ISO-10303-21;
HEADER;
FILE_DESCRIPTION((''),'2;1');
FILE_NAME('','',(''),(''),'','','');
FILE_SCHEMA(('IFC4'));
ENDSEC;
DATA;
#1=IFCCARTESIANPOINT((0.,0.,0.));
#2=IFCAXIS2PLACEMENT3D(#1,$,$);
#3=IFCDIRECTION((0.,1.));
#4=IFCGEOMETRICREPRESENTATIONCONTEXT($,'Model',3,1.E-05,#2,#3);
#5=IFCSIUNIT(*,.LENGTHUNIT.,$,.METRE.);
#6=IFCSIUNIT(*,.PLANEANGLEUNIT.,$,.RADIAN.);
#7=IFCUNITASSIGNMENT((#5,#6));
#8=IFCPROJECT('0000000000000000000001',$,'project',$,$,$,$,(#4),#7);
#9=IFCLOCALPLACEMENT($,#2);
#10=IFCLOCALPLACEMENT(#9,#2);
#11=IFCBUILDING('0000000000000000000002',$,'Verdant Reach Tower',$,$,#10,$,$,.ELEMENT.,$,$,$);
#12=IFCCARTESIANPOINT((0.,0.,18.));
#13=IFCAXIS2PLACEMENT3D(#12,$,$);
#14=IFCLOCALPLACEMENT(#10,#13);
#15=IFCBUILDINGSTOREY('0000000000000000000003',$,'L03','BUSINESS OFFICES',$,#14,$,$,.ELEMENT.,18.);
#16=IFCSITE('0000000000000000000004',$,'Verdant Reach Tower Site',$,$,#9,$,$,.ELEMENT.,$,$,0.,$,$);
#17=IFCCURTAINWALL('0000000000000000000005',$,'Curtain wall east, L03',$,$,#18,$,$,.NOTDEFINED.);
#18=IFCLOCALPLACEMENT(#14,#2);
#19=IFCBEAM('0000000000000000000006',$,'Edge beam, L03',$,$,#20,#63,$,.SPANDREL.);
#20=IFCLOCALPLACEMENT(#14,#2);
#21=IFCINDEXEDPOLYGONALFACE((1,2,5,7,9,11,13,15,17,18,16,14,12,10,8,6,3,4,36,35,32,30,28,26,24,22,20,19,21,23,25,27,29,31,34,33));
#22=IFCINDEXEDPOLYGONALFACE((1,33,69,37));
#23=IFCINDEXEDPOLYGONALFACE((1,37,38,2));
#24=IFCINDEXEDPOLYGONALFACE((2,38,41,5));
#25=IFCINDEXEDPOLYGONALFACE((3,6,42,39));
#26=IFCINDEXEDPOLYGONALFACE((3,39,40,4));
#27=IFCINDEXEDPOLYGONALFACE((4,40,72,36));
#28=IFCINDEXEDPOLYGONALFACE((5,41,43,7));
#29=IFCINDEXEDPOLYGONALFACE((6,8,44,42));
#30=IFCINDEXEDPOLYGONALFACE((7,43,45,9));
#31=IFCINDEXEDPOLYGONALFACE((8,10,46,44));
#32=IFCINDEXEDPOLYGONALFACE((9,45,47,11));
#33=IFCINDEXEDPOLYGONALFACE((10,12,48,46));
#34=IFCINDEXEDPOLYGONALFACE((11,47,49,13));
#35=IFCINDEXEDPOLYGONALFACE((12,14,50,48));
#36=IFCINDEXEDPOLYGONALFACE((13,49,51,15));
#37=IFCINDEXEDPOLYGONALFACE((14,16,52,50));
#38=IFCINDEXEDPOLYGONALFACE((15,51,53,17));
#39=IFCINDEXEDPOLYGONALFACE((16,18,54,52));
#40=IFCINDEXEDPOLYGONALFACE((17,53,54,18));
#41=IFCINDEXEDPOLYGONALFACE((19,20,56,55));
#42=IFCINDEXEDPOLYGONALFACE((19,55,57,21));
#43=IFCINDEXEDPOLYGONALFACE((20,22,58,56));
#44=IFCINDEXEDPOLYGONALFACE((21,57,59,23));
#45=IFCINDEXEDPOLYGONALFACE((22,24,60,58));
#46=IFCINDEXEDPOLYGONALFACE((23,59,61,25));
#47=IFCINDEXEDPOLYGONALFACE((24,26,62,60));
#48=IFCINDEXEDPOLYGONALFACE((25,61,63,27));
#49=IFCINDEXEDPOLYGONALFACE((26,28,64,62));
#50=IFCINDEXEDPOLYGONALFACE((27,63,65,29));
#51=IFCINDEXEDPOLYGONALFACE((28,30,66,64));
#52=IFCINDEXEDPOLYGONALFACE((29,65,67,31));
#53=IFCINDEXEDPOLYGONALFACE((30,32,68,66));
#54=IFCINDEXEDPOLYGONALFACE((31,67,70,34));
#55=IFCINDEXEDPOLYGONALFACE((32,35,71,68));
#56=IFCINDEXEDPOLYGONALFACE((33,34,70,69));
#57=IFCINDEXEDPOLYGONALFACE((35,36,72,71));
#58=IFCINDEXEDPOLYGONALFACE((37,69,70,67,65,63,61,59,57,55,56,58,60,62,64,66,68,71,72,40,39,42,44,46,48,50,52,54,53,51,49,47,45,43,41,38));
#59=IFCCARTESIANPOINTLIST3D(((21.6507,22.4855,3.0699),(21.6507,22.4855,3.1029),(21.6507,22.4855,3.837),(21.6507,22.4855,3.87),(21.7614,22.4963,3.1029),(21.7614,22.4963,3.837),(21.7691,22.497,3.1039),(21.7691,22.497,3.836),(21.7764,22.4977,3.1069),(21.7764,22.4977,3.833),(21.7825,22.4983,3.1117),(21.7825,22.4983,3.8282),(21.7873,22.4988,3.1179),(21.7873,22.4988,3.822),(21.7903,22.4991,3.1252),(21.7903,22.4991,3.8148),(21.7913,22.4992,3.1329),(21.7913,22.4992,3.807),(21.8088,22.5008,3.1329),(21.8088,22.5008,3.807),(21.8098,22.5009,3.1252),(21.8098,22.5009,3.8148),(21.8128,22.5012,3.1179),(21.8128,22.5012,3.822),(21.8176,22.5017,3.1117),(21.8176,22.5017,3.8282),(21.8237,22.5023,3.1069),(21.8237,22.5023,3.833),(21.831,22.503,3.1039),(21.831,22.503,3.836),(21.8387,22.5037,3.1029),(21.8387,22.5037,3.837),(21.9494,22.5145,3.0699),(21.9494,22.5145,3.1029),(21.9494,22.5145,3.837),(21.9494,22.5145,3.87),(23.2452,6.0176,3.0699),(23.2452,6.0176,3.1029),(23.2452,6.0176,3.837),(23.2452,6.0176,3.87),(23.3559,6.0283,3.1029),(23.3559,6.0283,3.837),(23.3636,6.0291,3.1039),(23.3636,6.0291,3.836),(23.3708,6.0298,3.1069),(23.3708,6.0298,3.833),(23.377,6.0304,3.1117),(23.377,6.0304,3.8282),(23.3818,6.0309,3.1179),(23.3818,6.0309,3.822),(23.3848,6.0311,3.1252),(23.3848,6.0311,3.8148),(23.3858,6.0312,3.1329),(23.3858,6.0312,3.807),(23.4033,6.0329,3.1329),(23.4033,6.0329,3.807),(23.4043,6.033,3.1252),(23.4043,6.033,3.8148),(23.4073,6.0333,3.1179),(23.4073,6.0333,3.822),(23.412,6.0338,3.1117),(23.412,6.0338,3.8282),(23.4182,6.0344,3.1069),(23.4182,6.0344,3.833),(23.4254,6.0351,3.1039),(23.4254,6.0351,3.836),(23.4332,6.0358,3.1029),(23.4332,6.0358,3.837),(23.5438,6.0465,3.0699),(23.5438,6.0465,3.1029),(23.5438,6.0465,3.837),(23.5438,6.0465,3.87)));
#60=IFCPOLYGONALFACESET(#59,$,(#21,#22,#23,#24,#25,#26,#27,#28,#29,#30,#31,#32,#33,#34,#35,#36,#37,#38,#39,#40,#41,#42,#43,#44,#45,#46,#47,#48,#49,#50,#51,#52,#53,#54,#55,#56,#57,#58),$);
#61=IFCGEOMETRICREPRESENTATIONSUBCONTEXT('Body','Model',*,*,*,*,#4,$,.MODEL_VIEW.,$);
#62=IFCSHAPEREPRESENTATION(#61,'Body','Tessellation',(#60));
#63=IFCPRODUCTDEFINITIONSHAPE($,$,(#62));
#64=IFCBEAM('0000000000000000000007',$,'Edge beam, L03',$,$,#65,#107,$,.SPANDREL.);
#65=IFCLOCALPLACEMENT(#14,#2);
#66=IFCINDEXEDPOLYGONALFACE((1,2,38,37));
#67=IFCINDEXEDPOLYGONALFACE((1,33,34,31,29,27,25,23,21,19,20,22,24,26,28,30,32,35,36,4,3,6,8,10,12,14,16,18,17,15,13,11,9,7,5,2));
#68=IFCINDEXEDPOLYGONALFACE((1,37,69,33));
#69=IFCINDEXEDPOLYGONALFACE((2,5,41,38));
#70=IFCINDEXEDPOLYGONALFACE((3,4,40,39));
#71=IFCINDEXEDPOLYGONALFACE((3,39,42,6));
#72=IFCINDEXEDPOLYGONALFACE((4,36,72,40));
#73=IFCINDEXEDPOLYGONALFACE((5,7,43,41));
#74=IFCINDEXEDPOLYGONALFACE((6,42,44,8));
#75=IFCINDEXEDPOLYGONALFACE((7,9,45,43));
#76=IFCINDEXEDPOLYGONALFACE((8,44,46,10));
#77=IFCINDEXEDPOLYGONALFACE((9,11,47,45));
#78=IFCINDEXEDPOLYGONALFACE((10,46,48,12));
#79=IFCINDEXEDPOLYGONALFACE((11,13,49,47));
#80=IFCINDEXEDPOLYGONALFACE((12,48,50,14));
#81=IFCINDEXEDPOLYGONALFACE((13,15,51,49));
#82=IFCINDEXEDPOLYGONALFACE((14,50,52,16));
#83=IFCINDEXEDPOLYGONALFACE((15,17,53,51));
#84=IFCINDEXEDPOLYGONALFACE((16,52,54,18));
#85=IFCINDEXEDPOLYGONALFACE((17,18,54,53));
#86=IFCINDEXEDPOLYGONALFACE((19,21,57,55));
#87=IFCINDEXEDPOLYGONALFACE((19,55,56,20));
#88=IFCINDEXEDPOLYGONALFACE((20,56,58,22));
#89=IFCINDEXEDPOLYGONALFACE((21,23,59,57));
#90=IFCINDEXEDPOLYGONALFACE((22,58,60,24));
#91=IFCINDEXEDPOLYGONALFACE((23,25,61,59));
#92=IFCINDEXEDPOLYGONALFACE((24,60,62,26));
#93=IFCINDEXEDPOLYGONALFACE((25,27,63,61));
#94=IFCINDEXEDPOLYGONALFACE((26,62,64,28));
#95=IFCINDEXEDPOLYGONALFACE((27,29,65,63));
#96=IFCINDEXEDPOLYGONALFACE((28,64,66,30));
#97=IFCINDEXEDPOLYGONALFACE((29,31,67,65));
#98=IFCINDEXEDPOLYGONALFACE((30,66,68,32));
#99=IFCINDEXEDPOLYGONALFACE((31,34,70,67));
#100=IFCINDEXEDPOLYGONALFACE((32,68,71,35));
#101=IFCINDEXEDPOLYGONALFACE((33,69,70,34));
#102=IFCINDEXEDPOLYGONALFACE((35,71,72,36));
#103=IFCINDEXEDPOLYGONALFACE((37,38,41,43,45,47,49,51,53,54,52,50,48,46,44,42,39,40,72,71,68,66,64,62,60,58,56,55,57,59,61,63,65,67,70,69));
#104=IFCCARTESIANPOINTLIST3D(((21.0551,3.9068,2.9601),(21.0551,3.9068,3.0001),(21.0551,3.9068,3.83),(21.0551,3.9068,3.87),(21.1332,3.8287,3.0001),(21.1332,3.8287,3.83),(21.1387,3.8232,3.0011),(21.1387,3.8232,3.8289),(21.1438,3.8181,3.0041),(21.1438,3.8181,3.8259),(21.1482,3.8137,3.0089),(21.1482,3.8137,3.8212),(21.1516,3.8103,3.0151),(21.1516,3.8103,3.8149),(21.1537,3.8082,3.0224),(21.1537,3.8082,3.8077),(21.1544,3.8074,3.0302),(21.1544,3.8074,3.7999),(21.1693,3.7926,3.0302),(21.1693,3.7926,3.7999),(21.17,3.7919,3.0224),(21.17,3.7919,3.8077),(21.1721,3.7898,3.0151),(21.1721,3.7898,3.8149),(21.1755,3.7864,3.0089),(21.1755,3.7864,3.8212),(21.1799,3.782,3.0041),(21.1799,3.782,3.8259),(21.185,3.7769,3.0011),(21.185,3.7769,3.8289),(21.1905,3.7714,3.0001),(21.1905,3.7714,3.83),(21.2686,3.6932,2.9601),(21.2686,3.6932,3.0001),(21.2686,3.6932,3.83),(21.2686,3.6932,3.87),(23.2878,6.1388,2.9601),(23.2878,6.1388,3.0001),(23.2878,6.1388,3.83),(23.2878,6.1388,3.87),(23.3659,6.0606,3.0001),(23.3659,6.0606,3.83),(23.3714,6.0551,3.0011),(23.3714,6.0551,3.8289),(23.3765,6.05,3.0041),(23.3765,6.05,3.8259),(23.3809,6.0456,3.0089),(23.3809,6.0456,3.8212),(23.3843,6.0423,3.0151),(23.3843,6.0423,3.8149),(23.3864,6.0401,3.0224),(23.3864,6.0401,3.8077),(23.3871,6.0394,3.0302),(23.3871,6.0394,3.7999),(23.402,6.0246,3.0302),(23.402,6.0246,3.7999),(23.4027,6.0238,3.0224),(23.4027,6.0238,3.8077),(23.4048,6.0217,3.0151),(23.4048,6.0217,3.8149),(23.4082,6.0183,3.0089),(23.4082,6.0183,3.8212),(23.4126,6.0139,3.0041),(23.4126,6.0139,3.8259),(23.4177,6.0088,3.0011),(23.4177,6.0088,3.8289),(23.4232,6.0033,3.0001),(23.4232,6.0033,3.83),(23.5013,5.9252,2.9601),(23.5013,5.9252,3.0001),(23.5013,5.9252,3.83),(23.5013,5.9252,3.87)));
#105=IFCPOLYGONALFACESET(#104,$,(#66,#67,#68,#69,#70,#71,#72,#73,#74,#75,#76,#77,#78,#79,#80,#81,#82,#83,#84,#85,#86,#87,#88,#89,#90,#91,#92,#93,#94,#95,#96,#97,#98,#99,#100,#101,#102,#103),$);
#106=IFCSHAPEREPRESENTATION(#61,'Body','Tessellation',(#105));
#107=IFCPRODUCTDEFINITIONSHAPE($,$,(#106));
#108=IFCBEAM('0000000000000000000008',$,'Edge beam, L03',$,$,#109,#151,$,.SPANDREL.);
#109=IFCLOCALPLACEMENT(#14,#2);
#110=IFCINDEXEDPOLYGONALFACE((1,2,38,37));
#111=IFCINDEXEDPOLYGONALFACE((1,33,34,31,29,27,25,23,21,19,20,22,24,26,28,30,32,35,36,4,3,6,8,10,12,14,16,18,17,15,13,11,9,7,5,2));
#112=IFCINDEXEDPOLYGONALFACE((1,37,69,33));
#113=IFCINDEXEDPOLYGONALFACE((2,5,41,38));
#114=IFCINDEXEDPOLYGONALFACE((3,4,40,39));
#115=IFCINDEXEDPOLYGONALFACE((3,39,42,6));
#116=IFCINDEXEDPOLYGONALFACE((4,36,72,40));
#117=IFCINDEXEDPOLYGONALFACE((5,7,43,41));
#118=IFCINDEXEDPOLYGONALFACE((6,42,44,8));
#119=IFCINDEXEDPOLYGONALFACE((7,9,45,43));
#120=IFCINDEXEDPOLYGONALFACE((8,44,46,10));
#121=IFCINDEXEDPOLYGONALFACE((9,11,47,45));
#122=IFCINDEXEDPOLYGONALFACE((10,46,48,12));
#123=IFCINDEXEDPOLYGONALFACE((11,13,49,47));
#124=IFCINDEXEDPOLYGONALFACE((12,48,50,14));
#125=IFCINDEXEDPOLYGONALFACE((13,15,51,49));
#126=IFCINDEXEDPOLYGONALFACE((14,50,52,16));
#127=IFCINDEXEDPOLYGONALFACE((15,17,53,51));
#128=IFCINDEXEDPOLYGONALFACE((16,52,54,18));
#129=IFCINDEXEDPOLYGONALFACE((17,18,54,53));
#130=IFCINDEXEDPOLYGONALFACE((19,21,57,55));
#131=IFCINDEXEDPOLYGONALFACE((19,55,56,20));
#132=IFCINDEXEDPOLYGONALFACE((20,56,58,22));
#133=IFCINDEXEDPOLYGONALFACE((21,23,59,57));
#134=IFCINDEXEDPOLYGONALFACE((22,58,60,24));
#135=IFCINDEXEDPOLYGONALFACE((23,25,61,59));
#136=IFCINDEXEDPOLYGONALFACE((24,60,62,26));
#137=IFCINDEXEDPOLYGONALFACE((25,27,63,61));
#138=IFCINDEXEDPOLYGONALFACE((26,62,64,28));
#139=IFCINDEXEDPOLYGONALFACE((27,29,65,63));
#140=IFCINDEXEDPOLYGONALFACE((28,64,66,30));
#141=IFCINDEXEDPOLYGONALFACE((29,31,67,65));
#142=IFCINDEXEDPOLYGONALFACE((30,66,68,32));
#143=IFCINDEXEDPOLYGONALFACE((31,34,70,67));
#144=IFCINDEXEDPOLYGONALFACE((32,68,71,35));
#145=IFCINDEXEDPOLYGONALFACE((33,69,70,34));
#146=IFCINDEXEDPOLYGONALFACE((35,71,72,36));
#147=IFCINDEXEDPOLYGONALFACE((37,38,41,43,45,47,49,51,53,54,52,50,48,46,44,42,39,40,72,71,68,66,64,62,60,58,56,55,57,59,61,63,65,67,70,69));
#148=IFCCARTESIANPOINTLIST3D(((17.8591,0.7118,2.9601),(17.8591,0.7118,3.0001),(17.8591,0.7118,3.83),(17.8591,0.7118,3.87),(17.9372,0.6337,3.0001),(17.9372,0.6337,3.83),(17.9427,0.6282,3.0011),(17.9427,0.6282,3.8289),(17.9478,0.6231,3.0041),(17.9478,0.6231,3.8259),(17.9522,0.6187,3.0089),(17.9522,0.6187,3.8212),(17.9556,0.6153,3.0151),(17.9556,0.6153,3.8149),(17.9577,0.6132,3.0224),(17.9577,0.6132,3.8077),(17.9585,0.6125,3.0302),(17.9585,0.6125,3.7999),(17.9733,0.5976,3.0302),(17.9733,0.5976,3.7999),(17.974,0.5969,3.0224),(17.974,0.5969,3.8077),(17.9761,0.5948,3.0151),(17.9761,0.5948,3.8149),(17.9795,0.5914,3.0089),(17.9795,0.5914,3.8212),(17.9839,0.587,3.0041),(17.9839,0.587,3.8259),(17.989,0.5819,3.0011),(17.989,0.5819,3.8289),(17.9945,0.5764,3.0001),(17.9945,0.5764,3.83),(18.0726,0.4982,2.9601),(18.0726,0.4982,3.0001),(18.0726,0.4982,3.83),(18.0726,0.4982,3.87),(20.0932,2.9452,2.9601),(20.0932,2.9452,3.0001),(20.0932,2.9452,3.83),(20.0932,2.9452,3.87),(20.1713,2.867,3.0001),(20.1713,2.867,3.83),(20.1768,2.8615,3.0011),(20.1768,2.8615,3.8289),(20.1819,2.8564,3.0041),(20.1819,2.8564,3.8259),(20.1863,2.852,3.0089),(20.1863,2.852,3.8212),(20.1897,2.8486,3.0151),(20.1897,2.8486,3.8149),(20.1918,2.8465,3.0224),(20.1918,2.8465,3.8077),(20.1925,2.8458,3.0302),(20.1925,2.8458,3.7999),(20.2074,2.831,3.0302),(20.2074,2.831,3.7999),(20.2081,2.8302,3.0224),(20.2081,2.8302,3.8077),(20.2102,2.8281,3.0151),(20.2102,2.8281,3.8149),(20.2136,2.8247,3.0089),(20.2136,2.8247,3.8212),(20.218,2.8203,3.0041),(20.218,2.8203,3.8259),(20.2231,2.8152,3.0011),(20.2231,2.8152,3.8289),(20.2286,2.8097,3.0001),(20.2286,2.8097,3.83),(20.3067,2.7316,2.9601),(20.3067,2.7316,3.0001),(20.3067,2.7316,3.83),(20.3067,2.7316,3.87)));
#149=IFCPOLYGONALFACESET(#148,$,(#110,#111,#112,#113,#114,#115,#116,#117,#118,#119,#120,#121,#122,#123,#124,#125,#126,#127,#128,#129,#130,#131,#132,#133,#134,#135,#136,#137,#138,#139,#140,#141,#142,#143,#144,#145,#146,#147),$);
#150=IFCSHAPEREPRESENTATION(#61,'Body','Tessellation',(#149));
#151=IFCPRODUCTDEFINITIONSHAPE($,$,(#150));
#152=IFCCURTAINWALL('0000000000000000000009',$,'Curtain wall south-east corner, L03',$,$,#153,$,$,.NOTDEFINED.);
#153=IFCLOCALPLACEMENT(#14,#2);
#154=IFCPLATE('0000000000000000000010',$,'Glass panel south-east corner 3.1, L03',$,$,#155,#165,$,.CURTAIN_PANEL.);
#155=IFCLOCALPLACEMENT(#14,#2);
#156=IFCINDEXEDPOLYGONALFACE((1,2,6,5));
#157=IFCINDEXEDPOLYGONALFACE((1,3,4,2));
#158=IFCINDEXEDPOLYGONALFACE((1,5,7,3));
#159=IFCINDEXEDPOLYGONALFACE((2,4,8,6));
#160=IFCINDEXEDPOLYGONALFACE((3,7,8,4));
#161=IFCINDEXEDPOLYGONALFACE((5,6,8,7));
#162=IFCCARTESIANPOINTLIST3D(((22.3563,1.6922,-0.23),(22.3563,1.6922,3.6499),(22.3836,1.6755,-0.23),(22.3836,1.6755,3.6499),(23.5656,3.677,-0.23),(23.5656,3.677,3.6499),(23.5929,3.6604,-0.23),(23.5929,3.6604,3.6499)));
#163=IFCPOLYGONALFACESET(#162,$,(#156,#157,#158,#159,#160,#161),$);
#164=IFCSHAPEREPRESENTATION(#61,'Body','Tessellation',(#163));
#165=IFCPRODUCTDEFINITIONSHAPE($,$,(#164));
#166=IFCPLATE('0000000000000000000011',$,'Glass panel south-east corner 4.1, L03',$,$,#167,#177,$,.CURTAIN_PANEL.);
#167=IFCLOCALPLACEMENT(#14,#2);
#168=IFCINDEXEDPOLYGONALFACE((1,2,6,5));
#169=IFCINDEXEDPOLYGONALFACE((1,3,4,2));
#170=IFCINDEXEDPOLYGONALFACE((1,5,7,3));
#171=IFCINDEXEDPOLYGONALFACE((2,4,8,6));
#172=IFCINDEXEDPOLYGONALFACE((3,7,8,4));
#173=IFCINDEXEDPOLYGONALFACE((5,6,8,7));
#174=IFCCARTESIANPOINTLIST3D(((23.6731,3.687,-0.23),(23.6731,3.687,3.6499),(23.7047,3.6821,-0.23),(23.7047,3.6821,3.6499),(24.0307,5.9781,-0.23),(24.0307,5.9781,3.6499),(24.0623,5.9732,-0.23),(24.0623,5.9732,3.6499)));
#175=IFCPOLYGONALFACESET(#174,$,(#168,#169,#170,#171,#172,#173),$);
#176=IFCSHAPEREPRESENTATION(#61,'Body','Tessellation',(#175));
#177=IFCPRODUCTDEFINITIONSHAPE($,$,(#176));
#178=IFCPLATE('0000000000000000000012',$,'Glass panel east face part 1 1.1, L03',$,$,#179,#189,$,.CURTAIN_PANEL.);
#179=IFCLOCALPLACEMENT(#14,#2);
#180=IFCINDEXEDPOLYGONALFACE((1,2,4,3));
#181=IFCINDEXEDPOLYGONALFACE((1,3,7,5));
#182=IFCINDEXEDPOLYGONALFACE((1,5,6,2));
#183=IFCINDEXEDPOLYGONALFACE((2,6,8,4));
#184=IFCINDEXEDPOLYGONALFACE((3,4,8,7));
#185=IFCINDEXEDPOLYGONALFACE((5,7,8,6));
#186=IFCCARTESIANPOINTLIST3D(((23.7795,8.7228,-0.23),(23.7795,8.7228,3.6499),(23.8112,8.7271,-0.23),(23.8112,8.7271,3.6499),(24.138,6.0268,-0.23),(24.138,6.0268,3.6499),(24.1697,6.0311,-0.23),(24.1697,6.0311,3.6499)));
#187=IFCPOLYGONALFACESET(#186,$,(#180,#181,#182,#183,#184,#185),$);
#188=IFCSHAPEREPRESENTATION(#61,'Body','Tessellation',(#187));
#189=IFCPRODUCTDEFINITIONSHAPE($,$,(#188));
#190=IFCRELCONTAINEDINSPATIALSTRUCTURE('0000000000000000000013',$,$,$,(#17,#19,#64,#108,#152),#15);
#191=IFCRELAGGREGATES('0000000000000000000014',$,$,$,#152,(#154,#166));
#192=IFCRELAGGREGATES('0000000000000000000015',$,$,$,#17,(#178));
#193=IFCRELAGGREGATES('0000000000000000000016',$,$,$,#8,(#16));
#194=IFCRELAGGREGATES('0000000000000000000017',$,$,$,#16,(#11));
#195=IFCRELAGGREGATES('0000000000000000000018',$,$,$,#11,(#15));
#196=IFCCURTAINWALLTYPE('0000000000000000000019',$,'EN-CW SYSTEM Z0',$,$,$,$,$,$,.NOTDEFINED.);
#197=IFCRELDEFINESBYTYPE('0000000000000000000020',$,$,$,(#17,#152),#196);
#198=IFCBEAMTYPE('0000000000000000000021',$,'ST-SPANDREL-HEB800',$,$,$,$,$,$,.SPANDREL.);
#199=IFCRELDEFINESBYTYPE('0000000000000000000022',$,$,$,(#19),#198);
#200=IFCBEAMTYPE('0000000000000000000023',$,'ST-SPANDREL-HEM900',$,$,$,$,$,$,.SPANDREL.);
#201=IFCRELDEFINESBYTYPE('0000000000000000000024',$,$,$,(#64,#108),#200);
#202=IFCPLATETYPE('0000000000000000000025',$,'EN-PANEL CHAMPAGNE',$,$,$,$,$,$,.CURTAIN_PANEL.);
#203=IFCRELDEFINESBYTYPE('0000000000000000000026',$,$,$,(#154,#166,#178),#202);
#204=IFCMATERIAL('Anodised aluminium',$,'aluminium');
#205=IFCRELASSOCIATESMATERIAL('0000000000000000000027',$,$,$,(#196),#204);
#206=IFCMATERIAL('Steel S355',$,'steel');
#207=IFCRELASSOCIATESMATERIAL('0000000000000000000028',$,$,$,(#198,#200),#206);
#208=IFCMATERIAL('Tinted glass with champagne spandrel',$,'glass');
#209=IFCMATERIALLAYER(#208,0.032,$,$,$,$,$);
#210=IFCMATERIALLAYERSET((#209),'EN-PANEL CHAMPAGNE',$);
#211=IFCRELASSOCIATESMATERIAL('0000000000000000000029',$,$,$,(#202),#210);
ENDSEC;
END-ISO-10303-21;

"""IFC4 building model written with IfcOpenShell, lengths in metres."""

from ifc_helpers import new_model, si_unit, direction, frame, origin, origin_2d, place, context, subcontext, project, spatial, rectangle, i_section, extrude, material, layer, layer_set, material_profile, profile_set, type_object, element, aggregate, save


model = new_model("IFC4")

# Units and contexts
model_context = context("Model", 3, precision=1e-05, world=origin(), true_north=direction((0.0, 1.0)))
body_context = subcontext(model_context, "Body", "Model", "MODEL_VIEW")
ifc_project = project(units=[si_unit("LENGTHUNIT", "METRE"), si_unit("PLANEANGLEUNIT", "RADIAN")], contexts=[model_context])

# Site, building, storey
site_placement = place(None, origin())
site = spatial("IfcSite", under=ifc_project, at=site_placement, Name="Verdant Reach Tower Site", CompositionType="ELEMENT", RefElevation=0.0)
building_placement = place(site_placement, origin())
building = spatial("IfcBuilding", under=site, at=building_placement, Name="Verdant Reach Tower", CompositionType="ELEMENT")
storey_placement = place(building_placement, frame((0.0, 0.0, 18.0)))
storey = spatial("IfcBuildingStorey", under=building, at=storey_placement, Name="L03", Description="BUSINESS OFFICES", CompositionType="ELEMENT", Elevation=18.0)

# Curtain wall
ifc_material_1 = material(Name="Anodised aluminium", Category="aluminium")
curtain_wall_type = type_object("IfcCurtainWallType", Name="EN-CW SYSTEM Z0", PredefinedType="NOTDEFINED", material=ifc_material_1)
curtain_wall_1_placement = place(storey_placement, origin())
curtain_wall_1 = element("IfcCurtainWall", 1, at=curtain_wall_1_placement, inside=storey, type_object=curtain_wall_type, Name="Curtain wall east, L03", PredefinedType="NOTDEFINED")

# Beams
ifc_material_2 = material(Name="Steel S355", Category="steel")
ifc_material_profile_1 = material_profile(ifc_material_2, i_section(OverallWidth=0.3, OverallDepth=0.8, WebThickness=0.0176, FlangeThickness=0.033, FilletRadius=0.03, at=origin_2d()), Name="HEB 800")
ifc_profile_set_1 = profile_set([ifc_material_profile_1], Name="Steel S355")
beam_type_1 = type_object("IfcBeamType", Name="ST-SPANDREL-HEB800", PredefinedType="SPANDREL", material=ifc_profile_set_1)
beam_1_placement = place(storey_placement, frame((21.8, 22.5, 3.47), z_axis=(0.096372, -0.995345, 0.0), x_axis=(0.995345, 0.096372, 0.0)))
element("IfcBeam", 2, at=beam_1_placement, inside=storey, type_object=beam_type_1, Name="Edge beam, L03", PredefinedType="SPANDREL", context=body_context, shape_type="SweptSolid", body=[
    extrude(i_section(OverallWidth=0.3, OverallDepth=0.8, WebThickness=0.0176, FlangeThickness=0.033, FilletRadius=0.03, at=origin_2d()), origin(), (0.0, 0.0, 1.0), 16.5449),
])
ifc_material_profile_2 = material_profile(ifc_material_2, i_section(OverallWidth=0.302, OverallDepth=0.9099, WebThickness=0.021, FlangeThickness=0.04, FilletRadius=0.03, at=origin_2d()), Name="HEM 900")
ifc_profile_set_2 = profile_set([ifc_material_profile_2], Name="Steel S355")
beam_type_2 = type_object("IfcBeamType", Name="ST-SPANDREL-HEM900", PredefinedType="SPANDREL", material=ifc_profile_set_2)
beam_2_placement = place(storey_placement, frame((23.3945, 6.032, 3.415), z_axis=(-0.707223, -0.706991, 0.0), x_axis=(0.706991, -0.707223, 0.0)))
element("IfcBeam", 3, at=beam_2_placement, inside=storey, type_object=beam_type_2, Name="Edge beam, L03", PredefinedType="SPANDREL", context=body_context, shape_type="SweptSolid", body=[
    extrude(i_section(OverallWidth=0.302, OverallDepth=0.9099, WebThickness=0.021, FlangeThickness=0.04, FilletRadius=0.03, at=origin_2d()), origin(), (0.0, 0.0, 1.0), 3.157),
])
beam_3_placement = place(storey_placement, frame((20.2, 2.8384, 3.415), z_axis=(-0.707223, -0.706991, 0.0), x_axis=(0.706991, -0.707223, 0.0)))
element("IfcBeam", 4, at=beam_3_placement, inside=storey, type_object=beam_type_2, Name="Edge beam, L03", PredefinedType="SPANDREL", context=body_context, shape_type="SweptSolid", body=[
    extrude(i_section(OverallWidth=0.302, OverallDepth=0.9099, WebThickness=0.021, FlangeThickness=0.04, FilletRadius=0.03, at=origin_2d()), origin(), (0.0, 0.0, 1.0), 3.1589),
])

# Curtain wall, plates
curtain_wall_2_placement = place(storey_placement, origin())
curtain_wall_2 = element("IfcCurtainWall", 5, at=curtain_wall_2_placement, inside=storey, type_object=curtain_wall_type, Name="Curtain wall south-east corner, L03", PredefinedType="NOTDEFINED")
ifc_material_3 = material(Name="Tinted glass with champagne spandrel", Category="glass")
ifc_layer_1 = layer(ifc_material_3, 0.032)
ifc_layer_set_1 = layer_set([ifc_layer_1], Name="EN-PANEL CHAMPAGNE")
plate_type_1 = type_object("IfcPlateType", Name="EN-PANEL CHAMPAGNE", PredefinedType="CURTAIN_PANEL", material=ifc_layer_set_1)
plate_1_placement = place(storey_placement, frame((22.9746, 2.6763, -0.23), z_axis=(0.0, 0.0, 1.0), x_axis=(0.520292, 0.853989, 0.0)))
plate_1 = element("IfcPlate", 6, at=plate_1_placement, type_object=plate_type_1, Name="Glass panel south-east corner 3.1, L03", PredefinedType="CURTAIN_PANEL", context=body_context, shape_type="SweptSolid", body=[
    extrude(rectangle(XDim=2.3242, YDim=0.032, at=origin_2d()), origin(), (0.0, 0.0, 1.0), 3.8799),
])
plate_2_placement = place(storey_placement, frame((23.8677, 4.8301, -0.23), z_axis=(0.0, 0.0, 1.0), x_axis=(0.154211, 0.988038, 0.0)))
plate_2 = element("IfcPlate", 7, at=plate_2_placement, type_object=plate_type_1, Name="Glass panel south-east corner 4.1, L03", PredefinedType="CURTAIN_PANEL", context=body_context, shape_type="SweptSolid", body=[
    extrude(rectangle(XDim=2.3188, YDim=0.032, at=origin_2d()), origin(), (0.0, 0.0, 1.0), 3.8799),
])

# Plate
plate_3_placement = place(storey_placement, frame((23.9746, 7.377, -0.23), z_axis=(0.0, 0.0, 1.0), x_axis=(-0.131793, 0.991277, 0.0)))
plate_3 = element("IfcPlate", 8, at=plate_3_placement, type_object=plate_type_1, Name="Glass panel east face part 1 1.1, L03", PredefinedType="CURTAIN_PANEL", context=body_context, shape_type="SweptSolid", body=[
    extrude(rectangle(XDim=2.7197, YDim=0.032, at=origin_2d()), origin(), (0.0, 0.0, 1.0), 3.8799),
])

aggregate(curtain_wall_2, [plate_1, plate_2])
aggregate(curtain_wall_1, [plate_3])

save(model, "model.ifc")
